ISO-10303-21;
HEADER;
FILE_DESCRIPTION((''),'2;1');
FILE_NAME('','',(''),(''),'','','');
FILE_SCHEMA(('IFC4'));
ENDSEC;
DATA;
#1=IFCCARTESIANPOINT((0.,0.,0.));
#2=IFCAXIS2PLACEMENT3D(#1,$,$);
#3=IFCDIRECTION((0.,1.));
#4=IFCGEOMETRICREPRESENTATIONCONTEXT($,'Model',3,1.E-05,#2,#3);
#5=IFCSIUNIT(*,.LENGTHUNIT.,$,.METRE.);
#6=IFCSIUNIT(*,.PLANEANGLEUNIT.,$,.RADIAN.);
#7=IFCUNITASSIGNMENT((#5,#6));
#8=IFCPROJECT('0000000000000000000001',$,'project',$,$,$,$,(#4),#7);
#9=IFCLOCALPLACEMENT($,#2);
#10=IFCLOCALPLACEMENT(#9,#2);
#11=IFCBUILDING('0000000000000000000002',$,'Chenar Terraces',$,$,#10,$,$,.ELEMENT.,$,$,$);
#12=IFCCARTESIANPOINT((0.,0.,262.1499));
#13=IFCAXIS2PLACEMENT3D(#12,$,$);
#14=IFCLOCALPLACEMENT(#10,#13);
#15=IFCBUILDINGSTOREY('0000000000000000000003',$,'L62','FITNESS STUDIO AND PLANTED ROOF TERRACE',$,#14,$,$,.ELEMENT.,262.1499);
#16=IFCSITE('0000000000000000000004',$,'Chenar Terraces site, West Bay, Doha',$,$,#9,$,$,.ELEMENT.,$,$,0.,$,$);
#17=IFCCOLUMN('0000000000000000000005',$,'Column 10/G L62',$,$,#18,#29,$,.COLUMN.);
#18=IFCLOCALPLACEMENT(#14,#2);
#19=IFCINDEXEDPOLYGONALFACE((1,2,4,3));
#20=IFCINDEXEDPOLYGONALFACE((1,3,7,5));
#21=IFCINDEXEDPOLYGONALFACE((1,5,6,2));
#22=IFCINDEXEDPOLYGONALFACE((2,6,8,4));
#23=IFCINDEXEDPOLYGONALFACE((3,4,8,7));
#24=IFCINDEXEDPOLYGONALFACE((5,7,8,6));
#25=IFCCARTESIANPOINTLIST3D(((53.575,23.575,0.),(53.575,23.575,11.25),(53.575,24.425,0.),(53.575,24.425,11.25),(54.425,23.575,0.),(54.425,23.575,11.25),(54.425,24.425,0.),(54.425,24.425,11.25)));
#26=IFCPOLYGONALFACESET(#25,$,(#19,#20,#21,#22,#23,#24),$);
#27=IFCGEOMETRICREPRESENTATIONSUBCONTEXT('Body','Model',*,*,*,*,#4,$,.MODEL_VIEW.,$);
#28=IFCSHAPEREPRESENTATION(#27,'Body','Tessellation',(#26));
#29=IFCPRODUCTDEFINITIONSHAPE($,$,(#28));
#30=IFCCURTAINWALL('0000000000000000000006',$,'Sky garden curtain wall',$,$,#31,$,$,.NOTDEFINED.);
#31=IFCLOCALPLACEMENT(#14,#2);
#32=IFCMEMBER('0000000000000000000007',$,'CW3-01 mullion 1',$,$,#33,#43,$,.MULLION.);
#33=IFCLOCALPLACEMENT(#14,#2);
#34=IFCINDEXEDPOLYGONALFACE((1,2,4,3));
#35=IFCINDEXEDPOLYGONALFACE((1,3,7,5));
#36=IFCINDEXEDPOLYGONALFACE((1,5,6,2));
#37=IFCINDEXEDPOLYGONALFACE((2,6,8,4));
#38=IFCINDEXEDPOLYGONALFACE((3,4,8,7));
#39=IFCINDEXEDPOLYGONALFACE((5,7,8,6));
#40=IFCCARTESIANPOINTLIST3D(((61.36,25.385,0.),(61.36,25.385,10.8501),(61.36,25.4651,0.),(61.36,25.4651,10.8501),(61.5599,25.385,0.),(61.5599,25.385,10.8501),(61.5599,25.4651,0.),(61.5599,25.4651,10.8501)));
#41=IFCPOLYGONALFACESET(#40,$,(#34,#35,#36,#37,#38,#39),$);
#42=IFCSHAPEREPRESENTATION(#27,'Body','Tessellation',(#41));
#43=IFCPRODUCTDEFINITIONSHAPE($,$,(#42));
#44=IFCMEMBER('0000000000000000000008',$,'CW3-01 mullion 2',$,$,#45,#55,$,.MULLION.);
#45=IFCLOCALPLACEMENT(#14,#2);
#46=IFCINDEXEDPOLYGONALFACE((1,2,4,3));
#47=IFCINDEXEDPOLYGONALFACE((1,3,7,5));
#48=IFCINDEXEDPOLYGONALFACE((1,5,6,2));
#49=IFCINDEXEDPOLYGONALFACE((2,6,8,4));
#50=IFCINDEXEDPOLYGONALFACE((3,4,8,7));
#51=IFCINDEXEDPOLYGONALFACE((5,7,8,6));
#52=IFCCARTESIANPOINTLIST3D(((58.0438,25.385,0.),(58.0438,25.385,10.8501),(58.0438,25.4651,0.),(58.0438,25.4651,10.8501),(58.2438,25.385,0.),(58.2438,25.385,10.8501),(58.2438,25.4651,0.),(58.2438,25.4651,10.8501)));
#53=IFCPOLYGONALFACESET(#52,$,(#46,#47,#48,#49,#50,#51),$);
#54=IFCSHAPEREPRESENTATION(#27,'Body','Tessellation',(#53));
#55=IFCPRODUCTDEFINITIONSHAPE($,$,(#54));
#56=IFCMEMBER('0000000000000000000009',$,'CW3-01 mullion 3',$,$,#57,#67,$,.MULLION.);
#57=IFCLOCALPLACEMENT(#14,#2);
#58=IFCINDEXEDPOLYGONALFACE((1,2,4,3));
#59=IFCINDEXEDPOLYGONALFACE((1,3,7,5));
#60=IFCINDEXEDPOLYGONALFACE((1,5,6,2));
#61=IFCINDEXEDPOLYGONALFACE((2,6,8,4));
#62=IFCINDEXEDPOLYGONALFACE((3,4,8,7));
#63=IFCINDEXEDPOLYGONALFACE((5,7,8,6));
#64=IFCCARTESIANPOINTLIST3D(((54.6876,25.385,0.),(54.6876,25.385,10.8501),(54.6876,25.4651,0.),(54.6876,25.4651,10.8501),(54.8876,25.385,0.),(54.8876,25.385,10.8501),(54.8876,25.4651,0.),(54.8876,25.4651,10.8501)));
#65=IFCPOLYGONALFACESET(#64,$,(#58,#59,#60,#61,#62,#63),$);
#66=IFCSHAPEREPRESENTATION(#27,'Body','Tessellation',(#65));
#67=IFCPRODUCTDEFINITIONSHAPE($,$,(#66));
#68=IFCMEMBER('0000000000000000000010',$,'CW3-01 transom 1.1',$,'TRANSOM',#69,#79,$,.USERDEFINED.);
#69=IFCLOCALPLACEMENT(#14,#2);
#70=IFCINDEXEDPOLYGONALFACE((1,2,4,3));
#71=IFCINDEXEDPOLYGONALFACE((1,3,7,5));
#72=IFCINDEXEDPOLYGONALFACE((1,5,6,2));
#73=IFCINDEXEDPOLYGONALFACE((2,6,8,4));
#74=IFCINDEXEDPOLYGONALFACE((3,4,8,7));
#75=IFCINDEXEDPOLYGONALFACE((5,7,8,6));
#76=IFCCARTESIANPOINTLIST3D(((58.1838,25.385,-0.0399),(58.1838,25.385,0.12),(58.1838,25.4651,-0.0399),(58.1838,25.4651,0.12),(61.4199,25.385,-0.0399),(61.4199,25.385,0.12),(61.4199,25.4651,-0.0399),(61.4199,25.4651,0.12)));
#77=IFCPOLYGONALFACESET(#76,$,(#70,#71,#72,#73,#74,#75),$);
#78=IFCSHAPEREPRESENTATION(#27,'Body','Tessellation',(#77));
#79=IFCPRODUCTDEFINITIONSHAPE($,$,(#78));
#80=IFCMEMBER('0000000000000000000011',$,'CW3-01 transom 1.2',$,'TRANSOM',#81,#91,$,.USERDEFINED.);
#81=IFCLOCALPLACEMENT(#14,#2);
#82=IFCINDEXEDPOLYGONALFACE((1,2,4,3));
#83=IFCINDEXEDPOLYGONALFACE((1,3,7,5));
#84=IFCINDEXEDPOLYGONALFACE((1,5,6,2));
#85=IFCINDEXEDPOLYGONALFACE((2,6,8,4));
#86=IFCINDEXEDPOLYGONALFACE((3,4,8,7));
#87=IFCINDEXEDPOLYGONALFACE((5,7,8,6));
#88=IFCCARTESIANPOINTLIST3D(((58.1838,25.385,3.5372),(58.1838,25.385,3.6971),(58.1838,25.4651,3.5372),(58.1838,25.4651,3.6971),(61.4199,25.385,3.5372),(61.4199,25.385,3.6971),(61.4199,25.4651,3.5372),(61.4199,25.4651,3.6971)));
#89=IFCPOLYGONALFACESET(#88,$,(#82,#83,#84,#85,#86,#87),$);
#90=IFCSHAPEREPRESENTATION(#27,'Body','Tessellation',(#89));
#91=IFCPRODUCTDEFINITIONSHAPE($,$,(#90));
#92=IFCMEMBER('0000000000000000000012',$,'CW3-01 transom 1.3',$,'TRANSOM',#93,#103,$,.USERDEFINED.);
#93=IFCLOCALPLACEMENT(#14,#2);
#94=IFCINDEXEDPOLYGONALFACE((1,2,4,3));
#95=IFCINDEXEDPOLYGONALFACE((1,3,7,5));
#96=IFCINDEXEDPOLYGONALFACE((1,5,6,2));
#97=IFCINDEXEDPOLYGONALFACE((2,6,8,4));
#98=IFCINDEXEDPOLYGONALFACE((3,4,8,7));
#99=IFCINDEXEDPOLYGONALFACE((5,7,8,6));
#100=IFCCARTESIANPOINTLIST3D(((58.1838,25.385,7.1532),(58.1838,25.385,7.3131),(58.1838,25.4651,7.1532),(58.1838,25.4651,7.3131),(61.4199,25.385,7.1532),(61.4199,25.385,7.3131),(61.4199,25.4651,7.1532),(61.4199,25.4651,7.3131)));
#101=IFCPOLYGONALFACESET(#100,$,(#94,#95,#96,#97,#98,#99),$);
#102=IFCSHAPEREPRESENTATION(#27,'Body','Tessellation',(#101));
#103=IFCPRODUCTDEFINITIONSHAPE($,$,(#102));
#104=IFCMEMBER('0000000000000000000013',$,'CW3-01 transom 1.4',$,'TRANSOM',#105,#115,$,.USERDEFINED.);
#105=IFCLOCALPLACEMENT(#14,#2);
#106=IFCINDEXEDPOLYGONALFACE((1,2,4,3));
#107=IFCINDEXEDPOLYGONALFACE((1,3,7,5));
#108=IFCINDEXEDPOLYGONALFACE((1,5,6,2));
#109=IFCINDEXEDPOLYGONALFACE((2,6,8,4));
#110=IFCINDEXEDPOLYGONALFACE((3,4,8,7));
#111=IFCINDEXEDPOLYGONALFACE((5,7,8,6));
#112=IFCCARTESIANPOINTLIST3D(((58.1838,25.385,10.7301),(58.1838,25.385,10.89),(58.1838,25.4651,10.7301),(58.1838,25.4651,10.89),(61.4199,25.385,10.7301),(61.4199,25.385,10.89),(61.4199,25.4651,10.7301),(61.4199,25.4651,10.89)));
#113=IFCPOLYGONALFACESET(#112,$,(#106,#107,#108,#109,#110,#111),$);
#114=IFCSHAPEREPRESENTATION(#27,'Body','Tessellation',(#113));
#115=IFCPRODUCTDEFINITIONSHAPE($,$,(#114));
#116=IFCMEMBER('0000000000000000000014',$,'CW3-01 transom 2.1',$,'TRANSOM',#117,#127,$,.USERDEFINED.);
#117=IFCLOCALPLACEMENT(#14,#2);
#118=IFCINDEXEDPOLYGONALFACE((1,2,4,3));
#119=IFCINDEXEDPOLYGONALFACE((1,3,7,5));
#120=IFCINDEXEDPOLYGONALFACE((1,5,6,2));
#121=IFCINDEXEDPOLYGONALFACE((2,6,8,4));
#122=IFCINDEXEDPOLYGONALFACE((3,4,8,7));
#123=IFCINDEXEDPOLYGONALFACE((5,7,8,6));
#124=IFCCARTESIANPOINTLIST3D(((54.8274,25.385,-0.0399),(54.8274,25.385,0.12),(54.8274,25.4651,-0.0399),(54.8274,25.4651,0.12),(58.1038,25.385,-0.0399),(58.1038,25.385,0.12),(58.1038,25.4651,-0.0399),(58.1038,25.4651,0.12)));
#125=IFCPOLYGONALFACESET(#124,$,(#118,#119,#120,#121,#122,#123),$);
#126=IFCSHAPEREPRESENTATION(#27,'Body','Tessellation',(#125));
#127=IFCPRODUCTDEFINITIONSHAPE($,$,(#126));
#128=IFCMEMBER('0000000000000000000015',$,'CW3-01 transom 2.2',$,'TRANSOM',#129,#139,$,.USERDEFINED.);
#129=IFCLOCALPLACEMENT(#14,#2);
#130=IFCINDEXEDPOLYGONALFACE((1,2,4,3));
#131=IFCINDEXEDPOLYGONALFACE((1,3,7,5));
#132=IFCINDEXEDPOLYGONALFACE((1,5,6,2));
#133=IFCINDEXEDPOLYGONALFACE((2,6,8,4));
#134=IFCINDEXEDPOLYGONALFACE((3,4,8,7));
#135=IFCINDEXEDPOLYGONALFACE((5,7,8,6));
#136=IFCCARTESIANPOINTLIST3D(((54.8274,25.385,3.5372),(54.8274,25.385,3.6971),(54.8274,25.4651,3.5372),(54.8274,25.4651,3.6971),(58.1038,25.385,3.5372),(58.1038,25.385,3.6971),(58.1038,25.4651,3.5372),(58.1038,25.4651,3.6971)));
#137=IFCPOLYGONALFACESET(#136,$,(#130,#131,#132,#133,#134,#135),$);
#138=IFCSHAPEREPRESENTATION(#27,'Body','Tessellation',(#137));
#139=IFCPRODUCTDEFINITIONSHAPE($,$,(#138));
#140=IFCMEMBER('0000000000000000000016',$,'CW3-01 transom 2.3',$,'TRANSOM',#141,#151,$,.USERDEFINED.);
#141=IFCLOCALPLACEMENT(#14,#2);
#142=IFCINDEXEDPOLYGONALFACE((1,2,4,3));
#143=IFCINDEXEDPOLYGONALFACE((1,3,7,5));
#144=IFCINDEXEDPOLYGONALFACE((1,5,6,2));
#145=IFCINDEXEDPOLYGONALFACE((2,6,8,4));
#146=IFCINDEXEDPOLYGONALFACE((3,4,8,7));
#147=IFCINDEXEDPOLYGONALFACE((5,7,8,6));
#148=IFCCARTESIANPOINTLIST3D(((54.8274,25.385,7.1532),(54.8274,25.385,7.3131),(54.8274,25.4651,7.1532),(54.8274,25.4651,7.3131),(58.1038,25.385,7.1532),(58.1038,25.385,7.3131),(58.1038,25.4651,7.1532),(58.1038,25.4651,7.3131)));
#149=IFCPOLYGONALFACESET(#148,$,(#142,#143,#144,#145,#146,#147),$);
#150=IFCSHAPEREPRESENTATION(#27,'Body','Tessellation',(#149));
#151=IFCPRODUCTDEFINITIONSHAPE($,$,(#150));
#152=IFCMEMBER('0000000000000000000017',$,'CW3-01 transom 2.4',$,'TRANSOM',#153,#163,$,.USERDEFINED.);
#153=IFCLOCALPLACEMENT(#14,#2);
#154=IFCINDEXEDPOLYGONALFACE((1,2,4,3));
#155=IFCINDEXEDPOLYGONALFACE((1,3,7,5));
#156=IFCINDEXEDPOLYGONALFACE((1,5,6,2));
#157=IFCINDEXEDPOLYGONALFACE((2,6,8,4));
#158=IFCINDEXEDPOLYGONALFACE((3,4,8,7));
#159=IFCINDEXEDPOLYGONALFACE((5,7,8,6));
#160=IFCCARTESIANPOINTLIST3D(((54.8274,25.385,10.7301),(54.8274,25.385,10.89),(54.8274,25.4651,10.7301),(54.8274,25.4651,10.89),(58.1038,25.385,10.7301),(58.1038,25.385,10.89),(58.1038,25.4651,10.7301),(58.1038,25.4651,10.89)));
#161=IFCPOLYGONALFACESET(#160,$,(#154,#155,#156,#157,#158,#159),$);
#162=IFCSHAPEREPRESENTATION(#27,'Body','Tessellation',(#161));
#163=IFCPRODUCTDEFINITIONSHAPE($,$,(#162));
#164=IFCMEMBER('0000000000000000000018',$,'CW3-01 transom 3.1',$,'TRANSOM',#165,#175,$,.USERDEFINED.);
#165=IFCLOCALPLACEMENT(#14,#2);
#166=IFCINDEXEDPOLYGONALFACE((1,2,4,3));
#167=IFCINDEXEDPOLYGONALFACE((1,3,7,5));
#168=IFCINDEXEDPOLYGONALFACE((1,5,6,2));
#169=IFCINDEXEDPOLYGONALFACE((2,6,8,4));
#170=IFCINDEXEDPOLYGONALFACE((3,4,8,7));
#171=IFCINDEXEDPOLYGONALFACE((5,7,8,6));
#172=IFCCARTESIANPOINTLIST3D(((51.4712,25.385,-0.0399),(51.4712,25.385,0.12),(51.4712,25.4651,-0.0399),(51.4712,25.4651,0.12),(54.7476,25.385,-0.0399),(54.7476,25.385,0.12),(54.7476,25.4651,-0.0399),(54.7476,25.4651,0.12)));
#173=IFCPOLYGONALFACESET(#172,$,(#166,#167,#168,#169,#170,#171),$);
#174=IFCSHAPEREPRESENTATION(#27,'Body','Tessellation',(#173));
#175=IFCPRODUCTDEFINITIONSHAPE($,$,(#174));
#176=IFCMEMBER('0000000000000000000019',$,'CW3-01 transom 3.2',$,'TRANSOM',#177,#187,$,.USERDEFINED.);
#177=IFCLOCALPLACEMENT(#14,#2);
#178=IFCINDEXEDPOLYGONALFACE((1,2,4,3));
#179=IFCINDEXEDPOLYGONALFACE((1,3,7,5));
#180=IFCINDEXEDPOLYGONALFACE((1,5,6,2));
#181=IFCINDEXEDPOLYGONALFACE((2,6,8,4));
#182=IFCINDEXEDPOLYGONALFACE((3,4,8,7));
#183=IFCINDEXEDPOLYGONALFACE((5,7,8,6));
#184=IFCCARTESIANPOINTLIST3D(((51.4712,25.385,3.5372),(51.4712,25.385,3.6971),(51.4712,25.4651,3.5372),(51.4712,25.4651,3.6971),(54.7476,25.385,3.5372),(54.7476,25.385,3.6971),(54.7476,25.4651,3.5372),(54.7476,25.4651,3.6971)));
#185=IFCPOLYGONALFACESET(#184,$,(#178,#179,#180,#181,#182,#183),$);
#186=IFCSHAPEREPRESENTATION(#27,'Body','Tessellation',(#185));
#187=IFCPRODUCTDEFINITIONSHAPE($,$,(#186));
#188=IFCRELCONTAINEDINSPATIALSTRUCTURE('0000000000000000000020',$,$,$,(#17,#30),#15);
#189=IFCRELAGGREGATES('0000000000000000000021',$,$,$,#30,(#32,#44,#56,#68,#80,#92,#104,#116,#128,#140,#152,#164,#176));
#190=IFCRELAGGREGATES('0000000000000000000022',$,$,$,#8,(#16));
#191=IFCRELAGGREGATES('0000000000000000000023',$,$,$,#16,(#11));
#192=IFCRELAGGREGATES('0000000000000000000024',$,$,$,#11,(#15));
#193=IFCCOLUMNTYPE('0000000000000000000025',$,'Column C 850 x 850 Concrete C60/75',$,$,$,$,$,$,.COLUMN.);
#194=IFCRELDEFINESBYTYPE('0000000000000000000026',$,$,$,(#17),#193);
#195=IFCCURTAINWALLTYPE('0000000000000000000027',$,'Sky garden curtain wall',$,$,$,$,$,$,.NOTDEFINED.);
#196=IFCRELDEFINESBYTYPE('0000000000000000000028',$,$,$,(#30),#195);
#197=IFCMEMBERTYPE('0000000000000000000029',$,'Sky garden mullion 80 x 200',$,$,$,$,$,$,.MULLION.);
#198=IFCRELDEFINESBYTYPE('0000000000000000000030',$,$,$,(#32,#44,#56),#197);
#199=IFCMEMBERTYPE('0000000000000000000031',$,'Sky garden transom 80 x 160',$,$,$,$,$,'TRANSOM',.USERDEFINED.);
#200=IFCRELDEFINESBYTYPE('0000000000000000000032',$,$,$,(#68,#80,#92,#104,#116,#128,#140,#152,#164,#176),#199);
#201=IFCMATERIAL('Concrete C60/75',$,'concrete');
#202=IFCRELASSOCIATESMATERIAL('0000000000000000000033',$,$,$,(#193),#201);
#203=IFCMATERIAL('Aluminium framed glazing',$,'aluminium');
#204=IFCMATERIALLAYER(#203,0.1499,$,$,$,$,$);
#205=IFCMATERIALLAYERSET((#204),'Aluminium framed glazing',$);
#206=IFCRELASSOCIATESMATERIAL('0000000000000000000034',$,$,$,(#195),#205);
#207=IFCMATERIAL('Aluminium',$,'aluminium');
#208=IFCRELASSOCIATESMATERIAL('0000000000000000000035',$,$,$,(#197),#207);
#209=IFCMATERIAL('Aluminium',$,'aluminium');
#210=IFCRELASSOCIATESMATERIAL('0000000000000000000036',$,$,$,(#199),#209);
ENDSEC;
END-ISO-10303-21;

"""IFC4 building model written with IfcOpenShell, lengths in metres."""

from ifc_helpers import new_model, si_unit, direction, frame, origin, origin_2d, place, context, subcontext, project, spatial, rectangle, extrude, material, layer, layer_set, material_profile, profile_set, type_object, element, aggregate, save


model = new_model("IFC4")

# Units and contexts
model_context = context("Model", 3, precision=1e-05, world=origin(), true_north=direction((0.0, 1.0)))
body_context = subcontext(model_context, "Body", "Model", "MODEL_VIEW")
ifc_project = project(units=[si_unit("LENGTHUNIT", "METRE"), si_unit("PLANEANGLEUNIT", "RADIAN")], contexts=[model_context])

# Site, building, storey
site_placement = place(None, origin())
site = spatial("IfcSite", under=ifc_project, at=site_placement, Name="Chenar Terraces site, West Bay, Doha", CompositionType="ELEMENT", RefElevation=0.0)
building_placement = place(site_placement, origin())
building = spatial("IfcBuilding", under=site, at=building_placement, Name="Chenar Terraces", CompositionType="ELEMENT")
storey_placement = place(building_placement, frame((0.0, 0.0, 262.1499)))
storey = spatial("IfcBuildingStorey", under=building, at=storey_placement, Name="L62", Description="FITNESS STUDIO AND PLANTED ROOF TERRACE", CompositionType="ELEMENT", Elevation=262.1499)

# Column
ifc_material_1 = material(Name="Concrete C60/75", Category="concrete")
ifc_material_profile_1 = material_profile(ifc_material_1, rectangle(XDim=0.8501, YDim=0.8501, at=origin_2d()), Name="C 850 x 850")
ifc_profile_set_1 = profile_set([ifc_material_profile_1], Name="Concrete C60/75")
column_type = type_object("IfcColumnType", Name="Column C 850 x 850 Concrete C60/75", PredefinedType="COLUMN", material=ifc_profile_set_1)
column_placement = place(storey_placement, frame((54.0, 24.0, 0.0), z_axis=(0.0, 0.0, 1.0), x_axis=(1.0, 0.0, 0.0)))
element("IfcColumn", 1, at=column_placement, inside=storey, type_object=column_type, Name="Column 10/G L62", PredefinedType="COLUMN", context=body_context, shape_type="SweptSolid", body=[
    extrude(rectangle(XDim=0.8501, YDim=0.8501, at=origin_2d()), origin(), (0.0, 0.0, 1.0), 11.25),
])

# Curtain wall, members
ifc_material_2 = material(Name="Aluminium framed glazing", Category="aluminium")
ifc_layer_1 = layer(ifc_material_2, 0.1499)
ifc_layer_set_1 = layer_set([ifc_layer_1], Name="Aluminium framed glazing")
curtain_wall_type = type_object("IfcCurtainWallType", Name="Sky garden curtain wall", PredefinedType="NOTDEFINED", material=ifc_layer_set_1)
curtain_wall_placement = place(storey_placement, origin())
curtain_wall = element("IfcCurtainWall", 2, at=curtain_wall_placement, inside=storey, type_object=curtain_wall_type, Name="Sky garden curtain wall", PredefinedType="NOTDEFINED")
ifc_material_3 = material(Name="Aluminium", Category="aluminium")
ifc_material_profile_2 = material_profile(ifc_material_3, rectangle(XDim=0.0801, YDim=0.2, at=origin_2d()), Name="Sky garden mullion 80 x 200")
ifc_profile_set_2 = profile_set([ifc_material_profile_2], Name="Aluminium")
member_type_1 = type_object("IfcMemberType", Name="Sky garden mullion 80 x 200", PredefinedType="MULLION", material=ifc_profile_set_2)
member_1_placement = place(storey_placement, frame((61.46, 25.425, 0.0), z_axis=(0.0, 0.0, 1.0), x_axis=(0.0, -1.0, 0.0)))
member_1 = element("IfcMember", 3, at=member_1_placement, type_object=member_type_1, Name="CW3-01 mullion 1", PredefinedType="MULLION", context=body_context, shape_type="SweptSolid", body=[
    extrude(rectangle(XDim=0.0801, YDim=0.2, at=origin_2d()), origin(), (0.0, 0.0, 1.0), 10.8501),
])
member_2_placement = place(storey_placement, frame((58.1438, 25.425, 0.0), z_axis=(0.0, 0.0, 1.0), x_axis=(0.0, -1.0, 0.0)))
member_2 = element("IfcMember", 4, at=member_2_placement, type_object=member_type_1, Name="CW3-01 mullion 2", PredefinedType="MULLION", context=body_context, shape_type="SweptSolid", body=[
    extrude(rectangle(XDim=0.0801, YDim=0.2, at=origin_2d()), origin(), (0.0, 0.0, 1.0), 10.8501),
])
member_3_placement = place(storey_placement, frame((54.7876, 25.425, 0.0), z_axis=(0.0, 0.0, 1.0), x_axis=(0.0, -1.0, 0.0)))
member_3 = element("IfcMember", 5, at=member_3_placement, type_object=member_type_1, Name="CW3-01 mullion 3", PredefinedType="MULLION", context=body_context, shape_type="SweptSolid", body=[
    extrude(rectangle(XDim=0.0801, YDim=0.2, at=origin_2d()), origin(), (0.0, 0.0, 1.0), 10.8501),
])
ifc_material_4 = material(Name="Aluminium", Category="aluminium")
ifc_material_profile_3 = material_profile(ifc_material_4, rectangle(XDim=0.0801, YDim=0.1599, at=origin_2d()), Name="Sky garden transom 80 x 160")
ifc_profile_set_3 = profile_set([ifc_material_profile_3], Name="Aluminium")
member_type_2 = type_object("IfcMemberType", Name="Sky garden transom 80 x 160", ElementType="TRANSOM", PredefinedType="USERDEFINED", material=ifc_profile_set_3)
member_4_placement = place(storey_placement, frame((61.4199, 25.425, 0.04), z_axis=(-1.0, 0.0, 0.0), x_axis=(0.0, -1.0, 0.0)))
member_4 = element("IfcMember", 6, at=member_4_placement, type_object=member_type_2, Name="CW3-01 transom 1.1", ObjectType="TRANSOM", PredefinedType="USERDEFINED", context=body_context, shape_type="SweptSolid", body=[
    extrude(rectangle(XDim=0.0801, YDim=0.1599, at=origin_2d()), origin(), (0.0, 0.0, 1.0), 3.2361),
])
member_5_placement = place(storey_placement, frame((61.4199, 25.425, 3.6172), z_axis=(-1.0, 0.0, 0.0), x_axis=(0.0, -1.0, 0.0)))
member_5 = element("IfcMember", 7, at=member_5_placement, type_object=member_type_2, Name="CW3-01 transom 1.2", ObjectType="TRANSOM", PredefinedType="USERDEFINED", context=body_context, shape_type="SweptSolid", body=[
    extrude(rectangle(XDim=0.0801, YDim=0.1599, at=origin_2d()), origin(), (0.0, 0.0, 1.0), 3.2361),
])
member_6_placement = place(storey_placement, frame((61.4199, 25.425, 7.2332), z_axis=(-1.0, 0.0, 0.0), x_axis=(0.0, -1.0, 0.0)))
member_6 = element("IfcMember", 8, at=member_6_placement, type_object=member_type_2, Name="CW3-01 transom 1.3", ObjectType="TRANSOM", PredefinedType="USERDEFINED", context=body_context, shape_type="SweptSolid", body=[
    extrude(rectangle(XDim=0.0801, YDim=0.1599, at=origin_2d()), origin(), (0.0, 0.0, 1.0), 3.2361),
])
member_7_placement = place(storey_placement, frame((61.4199, 25.425, 10.8101), z_axis=(-1.0, 0.0, 0.0), x_axis=(0.0, -1.0, 0.0)))
member_7 = element("IfcMember", 9, at=member_7_placement, type_object=member_type_2, Name="CW3-01 transom 1.4", ObjectType="TRANSOM", PredefinedType="USERDEFINED", context=body_context, shape_type="SweptSolid", body=[
    extrude(rectangle(XDim=0.0801, YDim=0.1599, at=origin_2d()), origin(), (0.0, 0.0, 1.0), 3.2361),
])
member_8_placement = place(storey_placement, frame((58.1038, 25.425, 0.04), z_axis=(-1.0, 0.0, 0.0), x_axis=(0.0, -1.0, 0.0)))
member_8 = element("IfcMember", 10, at=member_8_placement, type_object=member_type_2, Name="CW3-01 transom 2.1", ObjectType="TRANSOM", PredefinedType="USERDEFINED", context=body_context, shape_type="SweptSolid", body=[
    extrude(rectangle(XDim=0.0801, YDim=0.1599, at=origin_2d()), origin(), (0.0, 0.0, 1.0), 3.2764),
])
member_9_placement = place(storey_placement, frame((58.1038, 25.425, 3.6172), z_axis=(-1.0, 0.0, 0.0), x_axis=(0.0, -1.0, 0.0)))
member_9 = element("IfcMember", 11, at=member_9_placement, type_object=member_type_2, Name="CW3-01 transom 2.2", ObjectType="TRANSOM", PredefinedType="USERDEFINED", context=body_context, shape_type="SweptSolid", body=[
    extrude(rectangle(XDim=0.0801, YDim=0.1599, at=origin_2d()), origin(), (0.0, 0.0, 1.0), 3.2764),
])
member_10_placement = place(storey_placement, frame((58.1038, 25.425, 7.2332), z_axis=(-1.0, 0.0, 0.0), x_axis=(0.0, -1.0, 0.0)))
member_10 = element("IfcMember", 12, at=member_10_placement, type_object=member_type_2, Name="CW3-01 transom 2.3", ObjectType="TRANSOM", PredefinedType="USERDEFINED", context=body_context, shape_type="SweptSolid", body=[
    extrude(rectangle(XDim=0.0801, YDim=0.1599, at=origin_2d()), origin(), (0.0, 0.0, 1.0), 3.2764),
])
member_11_placement = place(storey_placement, frame((58.1038, 25.425, 10.8101), z_axis=(-1.0, 0.0, 0.0), x_axis=(0.0, -1.0, 0.0)))
member_11 = element("IfcMember", 13, at=member_11_placement, type_object=member_type_2, Name="CW3-01 transom 2.4", ObjectType="TRANSOM", PredefinedType="USERDEFINED", context=body_context, shape_type="SweptSolid", body=[
    extrude(rectangle(XDim=0.0801, YDim=0.1599, at=origin_2d()), origin(), (0.0, 0.0, 1.0), 3.2764),
])
member_12_placement = place(storey_placement, frame((54.7476, 25.425, 0.04), z_axis=(-1.0, 0.0, 0.0), x_axis=(0.0, -1.0, 0.0)))
member_12 = element("IfcMember", 14, at=member_12_placement, type_object=member_type_2, Name="CW3-01 transom 3.1", ObjectType="TRANSOM", PredefinedType="USERDEFINED", context=body_context, shape_type="SweptSolid", body=[
    extrude(rectangle(XDim=0.0801, YDim=0.1599, at=origin_2d()), origin(), (0.0, 0.0, 1.0), 3.2764),
])
member_13_placement = place(storey_placement, frame((54.7476, 25.425, 3.6172), z_axis=(-1.0, 0.0, 0.0), x_axis=(0.0, -1.0, 0.0)))
member_13 = element("IfcMember", 15, at=member_13_placement, type_object=member_type_2, Name="CW3-01 transom 3.2", ObjectType="TRANSOM", PredefinedType="USERDEFINED", context=body_context, shape_type="SweptSolid", body=[
    extrude(rectangle(XDim=0.0801, YDim=0.1599, at=origin_2d()), origin(), (0.0, 0.0, 1.0), 3.2764),
])
aggregate(curtain_wall, [member_1, member_2, member_3, member_4, member_5, member_6, member_7, member_8, member_9, member_10, member_11, member_12, member_13])

save(model, "model.ifc")
